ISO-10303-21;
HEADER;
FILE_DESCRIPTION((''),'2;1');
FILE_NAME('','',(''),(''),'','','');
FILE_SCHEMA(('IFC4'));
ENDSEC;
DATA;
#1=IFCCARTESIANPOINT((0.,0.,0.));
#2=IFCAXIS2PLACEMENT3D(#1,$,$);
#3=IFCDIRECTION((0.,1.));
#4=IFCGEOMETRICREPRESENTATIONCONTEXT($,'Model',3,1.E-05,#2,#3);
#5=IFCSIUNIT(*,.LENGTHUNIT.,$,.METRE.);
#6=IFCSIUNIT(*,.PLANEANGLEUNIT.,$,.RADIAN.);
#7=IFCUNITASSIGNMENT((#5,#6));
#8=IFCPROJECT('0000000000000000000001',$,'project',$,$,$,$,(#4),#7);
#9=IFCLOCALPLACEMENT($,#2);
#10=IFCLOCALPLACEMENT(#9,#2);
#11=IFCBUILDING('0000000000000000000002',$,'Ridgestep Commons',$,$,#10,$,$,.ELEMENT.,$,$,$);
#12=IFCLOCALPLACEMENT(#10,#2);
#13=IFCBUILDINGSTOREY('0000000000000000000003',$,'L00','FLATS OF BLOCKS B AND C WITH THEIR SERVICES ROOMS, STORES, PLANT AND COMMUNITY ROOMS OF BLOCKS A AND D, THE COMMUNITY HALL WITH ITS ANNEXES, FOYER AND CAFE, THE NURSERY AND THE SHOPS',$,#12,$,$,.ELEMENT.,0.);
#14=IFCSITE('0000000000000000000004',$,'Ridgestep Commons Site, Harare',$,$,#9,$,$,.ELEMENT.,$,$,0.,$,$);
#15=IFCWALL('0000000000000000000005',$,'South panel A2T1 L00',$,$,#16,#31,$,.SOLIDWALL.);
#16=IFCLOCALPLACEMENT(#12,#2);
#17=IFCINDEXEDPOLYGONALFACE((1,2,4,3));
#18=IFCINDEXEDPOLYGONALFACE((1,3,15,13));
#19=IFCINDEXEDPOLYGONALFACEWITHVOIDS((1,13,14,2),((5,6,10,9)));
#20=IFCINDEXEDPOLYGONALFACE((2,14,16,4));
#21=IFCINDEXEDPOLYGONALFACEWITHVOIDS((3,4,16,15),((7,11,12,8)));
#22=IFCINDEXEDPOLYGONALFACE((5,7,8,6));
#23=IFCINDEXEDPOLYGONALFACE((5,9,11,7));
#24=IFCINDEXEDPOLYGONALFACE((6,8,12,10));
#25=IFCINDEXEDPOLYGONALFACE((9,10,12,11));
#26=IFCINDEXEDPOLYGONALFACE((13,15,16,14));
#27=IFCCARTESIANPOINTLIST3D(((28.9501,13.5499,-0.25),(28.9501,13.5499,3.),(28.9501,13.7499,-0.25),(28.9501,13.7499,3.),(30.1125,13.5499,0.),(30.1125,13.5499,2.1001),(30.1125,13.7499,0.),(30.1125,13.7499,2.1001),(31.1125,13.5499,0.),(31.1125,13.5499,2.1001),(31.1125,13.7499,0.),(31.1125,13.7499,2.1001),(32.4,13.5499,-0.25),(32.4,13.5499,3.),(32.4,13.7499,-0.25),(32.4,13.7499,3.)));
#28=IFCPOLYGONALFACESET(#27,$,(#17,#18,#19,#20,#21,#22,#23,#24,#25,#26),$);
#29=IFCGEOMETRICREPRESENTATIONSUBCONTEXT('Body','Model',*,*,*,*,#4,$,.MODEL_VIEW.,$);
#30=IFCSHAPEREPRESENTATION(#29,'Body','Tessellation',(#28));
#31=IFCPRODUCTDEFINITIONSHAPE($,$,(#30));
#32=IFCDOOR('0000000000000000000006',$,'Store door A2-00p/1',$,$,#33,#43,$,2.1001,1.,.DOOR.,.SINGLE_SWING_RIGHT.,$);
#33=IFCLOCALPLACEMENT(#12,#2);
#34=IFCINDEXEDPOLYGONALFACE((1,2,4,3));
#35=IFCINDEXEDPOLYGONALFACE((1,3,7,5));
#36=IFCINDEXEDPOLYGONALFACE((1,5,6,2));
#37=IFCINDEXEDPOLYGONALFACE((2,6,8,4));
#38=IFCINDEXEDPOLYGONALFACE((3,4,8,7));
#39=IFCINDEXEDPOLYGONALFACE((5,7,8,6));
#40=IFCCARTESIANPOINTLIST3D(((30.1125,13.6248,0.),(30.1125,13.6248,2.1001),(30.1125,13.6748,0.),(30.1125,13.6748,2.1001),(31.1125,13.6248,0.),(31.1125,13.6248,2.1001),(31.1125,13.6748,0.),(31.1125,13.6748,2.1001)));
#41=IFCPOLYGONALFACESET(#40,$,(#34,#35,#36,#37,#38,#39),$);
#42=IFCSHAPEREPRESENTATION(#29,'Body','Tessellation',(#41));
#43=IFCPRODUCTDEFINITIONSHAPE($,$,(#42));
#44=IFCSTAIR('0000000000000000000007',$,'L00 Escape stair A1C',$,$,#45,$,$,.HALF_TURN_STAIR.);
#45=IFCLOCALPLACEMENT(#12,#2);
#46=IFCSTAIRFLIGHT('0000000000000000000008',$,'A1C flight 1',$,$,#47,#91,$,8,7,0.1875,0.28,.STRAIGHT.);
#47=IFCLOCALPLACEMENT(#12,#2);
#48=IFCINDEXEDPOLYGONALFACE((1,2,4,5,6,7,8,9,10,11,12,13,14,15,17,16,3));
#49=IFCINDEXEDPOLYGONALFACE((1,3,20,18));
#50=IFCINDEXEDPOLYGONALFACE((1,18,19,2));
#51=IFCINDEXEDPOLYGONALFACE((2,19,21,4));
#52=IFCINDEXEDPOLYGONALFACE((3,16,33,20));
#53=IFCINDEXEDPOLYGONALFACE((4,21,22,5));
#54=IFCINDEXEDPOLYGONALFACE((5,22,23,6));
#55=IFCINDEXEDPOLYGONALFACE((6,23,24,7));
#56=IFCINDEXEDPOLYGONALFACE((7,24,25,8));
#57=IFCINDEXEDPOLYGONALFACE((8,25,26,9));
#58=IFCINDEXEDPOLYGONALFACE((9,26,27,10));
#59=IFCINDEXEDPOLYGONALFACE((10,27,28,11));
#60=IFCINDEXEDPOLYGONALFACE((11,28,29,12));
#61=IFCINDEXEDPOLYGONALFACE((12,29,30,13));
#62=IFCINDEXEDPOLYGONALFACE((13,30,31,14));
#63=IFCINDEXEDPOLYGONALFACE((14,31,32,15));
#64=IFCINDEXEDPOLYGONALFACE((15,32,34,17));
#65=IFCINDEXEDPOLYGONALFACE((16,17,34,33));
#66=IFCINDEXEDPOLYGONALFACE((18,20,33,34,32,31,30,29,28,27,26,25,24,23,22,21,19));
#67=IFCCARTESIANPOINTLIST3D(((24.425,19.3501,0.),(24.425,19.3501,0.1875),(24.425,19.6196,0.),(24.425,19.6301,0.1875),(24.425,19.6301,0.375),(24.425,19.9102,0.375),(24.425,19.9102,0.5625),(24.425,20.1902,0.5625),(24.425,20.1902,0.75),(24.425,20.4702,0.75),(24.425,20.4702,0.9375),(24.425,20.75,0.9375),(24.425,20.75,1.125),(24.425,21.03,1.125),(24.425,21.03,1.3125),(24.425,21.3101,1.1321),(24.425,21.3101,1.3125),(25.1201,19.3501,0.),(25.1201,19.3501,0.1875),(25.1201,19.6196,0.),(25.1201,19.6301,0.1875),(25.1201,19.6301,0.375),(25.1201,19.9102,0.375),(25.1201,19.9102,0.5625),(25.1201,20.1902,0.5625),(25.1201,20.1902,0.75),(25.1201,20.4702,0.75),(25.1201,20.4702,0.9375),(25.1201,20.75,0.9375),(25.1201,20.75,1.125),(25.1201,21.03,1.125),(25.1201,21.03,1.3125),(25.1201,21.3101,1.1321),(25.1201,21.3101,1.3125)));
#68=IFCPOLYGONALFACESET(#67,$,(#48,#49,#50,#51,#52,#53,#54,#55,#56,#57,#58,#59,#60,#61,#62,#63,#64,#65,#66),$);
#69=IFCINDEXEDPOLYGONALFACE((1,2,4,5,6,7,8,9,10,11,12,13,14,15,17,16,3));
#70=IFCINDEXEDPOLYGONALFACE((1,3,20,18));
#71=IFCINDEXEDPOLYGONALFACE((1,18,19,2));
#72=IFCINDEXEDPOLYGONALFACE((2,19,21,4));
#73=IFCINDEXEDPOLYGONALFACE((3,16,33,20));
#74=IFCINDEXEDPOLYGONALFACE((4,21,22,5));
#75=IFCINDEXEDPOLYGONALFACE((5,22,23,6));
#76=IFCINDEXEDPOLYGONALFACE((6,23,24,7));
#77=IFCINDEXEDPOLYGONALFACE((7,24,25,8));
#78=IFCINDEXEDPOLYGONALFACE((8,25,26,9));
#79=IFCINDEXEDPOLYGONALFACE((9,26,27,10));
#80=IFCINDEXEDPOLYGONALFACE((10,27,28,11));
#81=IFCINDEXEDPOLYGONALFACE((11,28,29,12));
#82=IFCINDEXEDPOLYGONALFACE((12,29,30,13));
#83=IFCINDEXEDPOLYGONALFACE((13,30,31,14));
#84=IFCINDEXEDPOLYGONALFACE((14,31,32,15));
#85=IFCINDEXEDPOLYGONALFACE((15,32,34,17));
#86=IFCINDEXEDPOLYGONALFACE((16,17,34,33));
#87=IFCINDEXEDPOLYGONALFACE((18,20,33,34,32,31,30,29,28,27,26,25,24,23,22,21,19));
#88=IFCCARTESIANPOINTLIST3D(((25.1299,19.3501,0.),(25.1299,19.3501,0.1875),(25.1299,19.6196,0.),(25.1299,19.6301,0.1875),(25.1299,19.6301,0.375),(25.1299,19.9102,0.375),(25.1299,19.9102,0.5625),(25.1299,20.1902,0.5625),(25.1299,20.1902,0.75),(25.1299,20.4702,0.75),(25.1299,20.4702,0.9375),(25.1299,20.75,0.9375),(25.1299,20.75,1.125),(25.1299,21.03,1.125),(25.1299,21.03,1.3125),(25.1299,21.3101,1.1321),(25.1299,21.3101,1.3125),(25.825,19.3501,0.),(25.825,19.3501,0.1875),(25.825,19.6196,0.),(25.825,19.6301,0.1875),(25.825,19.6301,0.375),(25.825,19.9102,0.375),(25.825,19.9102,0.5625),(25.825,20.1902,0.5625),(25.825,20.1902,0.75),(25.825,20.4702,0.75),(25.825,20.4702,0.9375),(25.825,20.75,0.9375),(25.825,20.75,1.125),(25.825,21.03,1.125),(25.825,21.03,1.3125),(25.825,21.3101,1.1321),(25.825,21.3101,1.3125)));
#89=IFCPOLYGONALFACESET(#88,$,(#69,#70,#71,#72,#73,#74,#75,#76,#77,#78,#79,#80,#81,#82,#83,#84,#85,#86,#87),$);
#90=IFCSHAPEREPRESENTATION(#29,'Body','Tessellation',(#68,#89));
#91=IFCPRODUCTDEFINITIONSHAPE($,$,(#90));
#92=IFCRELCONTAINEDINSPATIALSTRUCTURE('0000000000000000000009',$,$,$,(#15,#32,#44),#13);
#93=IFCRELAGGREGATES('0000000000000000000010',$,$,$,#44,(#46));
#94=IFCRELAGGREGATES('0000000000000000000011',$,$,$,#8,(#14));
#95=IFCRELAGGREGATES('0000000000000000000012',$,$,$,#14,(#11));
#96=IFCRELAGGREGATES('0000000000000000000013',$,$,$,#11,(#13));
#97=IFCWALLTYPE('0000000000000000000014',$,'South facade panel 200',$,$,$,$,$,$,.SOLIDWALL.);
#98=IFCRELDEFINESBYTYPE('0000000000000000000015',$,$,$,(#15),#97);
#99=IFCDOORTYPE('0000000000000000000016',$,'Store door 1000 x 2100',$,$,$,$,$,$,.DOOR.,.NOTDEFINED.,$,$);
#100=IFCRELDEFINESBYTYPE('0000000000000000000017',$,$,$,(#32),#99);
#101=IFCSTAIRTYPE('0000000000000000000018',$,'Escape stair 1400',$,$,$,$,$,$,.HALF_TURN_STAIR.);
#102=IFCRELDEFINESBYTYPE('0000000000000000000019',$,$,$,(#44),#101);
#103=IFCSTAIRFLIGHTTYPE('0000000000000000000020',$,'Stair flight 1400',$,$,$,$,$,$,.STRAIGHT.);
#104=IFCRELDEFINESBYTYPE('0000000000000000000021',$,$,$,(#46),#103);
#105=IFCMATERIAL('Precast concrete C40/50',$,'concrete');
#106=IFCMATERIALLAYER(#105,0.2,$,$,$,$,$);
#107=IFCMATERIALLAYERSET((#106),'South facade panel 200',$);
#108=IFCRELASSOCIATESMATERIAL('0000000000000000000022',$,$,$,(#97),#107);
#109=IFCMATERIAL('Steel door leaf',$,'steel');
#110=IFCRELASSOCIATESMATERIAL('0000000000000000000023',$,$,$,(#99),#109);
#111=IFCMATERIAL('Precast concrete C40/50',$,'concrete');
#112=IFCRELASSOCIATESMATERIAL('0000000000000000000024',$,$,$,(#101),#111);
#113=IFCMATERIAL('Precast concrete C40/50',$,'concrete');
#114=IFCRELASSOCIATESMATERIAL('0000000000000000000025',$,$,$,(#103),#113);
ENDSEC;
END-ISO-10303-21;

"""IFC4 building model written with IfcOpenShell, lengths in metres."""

from ifc_helpers import new_model, si_unit, direction, frame, frame_2d, origin, place, context, subcontext, project, spatial, polyline, rectangle, outline, extrude, material, layer, layer_set, type_object, element, fill, aggregate, save


model = new_model("IFC4")

# Units and contexts
model_context = context("Model", 3, precision=1e-05, world=origin(), true_north=direction((0.0, 1.0)))
body_context = subcontext(model_context, "Body", "Model", "MODEL_VIEW")
ifc_project = project(units=[si_unit("LENGTHUNIT", "METRE"), si_unit("PLANEANGLEUNIT", "RADIAN")], contexts=[model_context])

# Site, building, storey
site_placement = place(None, origin())
site = spatial("IfcSite", under=ifc_project, at=site_placement, Name="Ridgestep Commons Site, Harare", CompositionType="ELEMENT", RefElevation=0.0)
building_placement = place(site_placement, origin())
building = spatial("IfcBuilding", under=site, at=building_placement, Name="Ridgestep Commons", CompositionType="ELEMENT")
storey_placement = place(building_placement, origin())
storey = spatial("IfcBuildingStorey", under=building, at=storey_placement, Name="L00", Description="FLATS OF BLOCKS B AND C WITH THEIR SERVICES ROOMS, STORES, PLANT AND COMMUNITY ROOMS OF BLOCKS A AND D, THE COMMUNITY HALL WITH ITS ANNEXES, FOYER AND CAFE, THE NURSERY AND THE SHOPS", CompositionType="ELEMENT", Elevation=0.0)

# Wall, opening, door
ifc_material_1 = material(Name="Precast concrete C40/50", Category="concrete")
ifc_layer_1 = layer(ifc_material_1, 0.2)
ifc_layer_set_1 = layer_set([ifc_layer_1], Name="South facade panel 200")
wall_type_1 = type_object("IfcWallType", Name="South facade panel 200", PredefinedType="SOLIDWALL", material=ifc_layer_set_1)
wall_1_placement = place(storey_placement, frame((28.95, 13.6499, -0.25), z_axis=(0.0, 0.0, 1.0), x_axis=(1.0, 0.0, 0.0)))
wall_1 = element("IfcWall", 1, at=wall_1_placement, inside=storey, type_object=wall_type_1, Name="South panel A2T1 L00", PredefinedType="SOLIDWALL", context=body_context, shape_type="SweptSolid", body=[
    extrude(rectangle(XDim=3.45, YDim=0.2, at=frame_2d((1.7251, 0.0))), origin(), (0.0, 0.0, 1.0), 3.25),
])
opening_1_placement = place(wall_1_placement, frame((1.1626, 0.0, 0.25)))
opening_1 = element("IfcOpeningElement", 2, at=opening_1_placement, cuts=wall_1, PredefinedType="OPENING", context=body_context, shape_type="SweptSolid", body=[
    extrude(rectangle(XDim=1.0, YDim=2.1001, at=frame_2d((0.5, 1.05))), frame((0.0, 0.1099, 0.0), z_axis=(0.0, -1.0, 0.0), x_axis=(1.0, 0.0, 0.0)), (0.0, 0.0, 1.0), 0.22),
])
ifc_material_2 = material(Name="Steel door leaf", Category="steel")
door_type_1 = type_object("IfcDoorType", Name="Store door 1000 x 2100", OperationType="NOTDEFINED", PredefinedType="DOOR", material=ifc_material_2)
door_1_placement = place(opening_1_placement, origin())
door_1 = element("IfcDoor", 3, at=door_1_placement, inside=storey, type_object=door_type_1, Name="Store door A2-00p/1", OperationType="SINGLE_SWING_RIGHT", OverallHeight=2.1001, OverallWidth=1.0, PredefinedType="DOOR", context=body_context, shape_type="SweptSolid", body=[
    extrude(rectangle(XDim=1.0, YDim=2.1001, at=frame_2d((0.5, 1.05))), frame((0.0, 0.0249, 0.0), z_axis=(0.0, -1.0, 0.0), x_axis=(1.0, 0.0, 0.0)), (0.0, 0.0, 1.0), 0.05),
])
fill(opening_1, door_1)

# Stair, stair flight
ifc_material_3 = material(Name="Precast concrete C40/50", Category="concrete")
stair_type = type_object("IfcStairType", Name="Escape stair 1400", PredefinedType="HALF_TURN_STAIR", material=ifc_material_3)
stair_placement = place(storey_placement, origin())
stair = element("IfcStair", 4, at=stair_placement, inside=storey, type_object=stair_type, Name="L00 Escape stair A1C", PredefinedType="HALF_TURN_STAIR")
ifc_material_4 = material(Name="Precast concrete C40/50", Category="concrete")
stair_flight_type = type_object("IfcStairFlightType", Name="Stair flight 1400", PredefinedType="STRAIGHT", material=ifc_material_4)
stair_flight_placement = place(storey_placement, frame((25.125, 19.3501, 0.0), z_axis=(0.0, 0.0, 1.0), x_axis=(0.0, 1.0, 0.0)))
stair_flight = element("IfcStairFlight", 5, at=stair_flight_placement, type_object=stair_flight_type, Name="A1C flight 1", NumberOfRisers=8, NumberOfTreads=7, PredefinedType="STRAIGHT", RiserHeight=0.1875, TreadLength=0.28, context=body_context, shape_type="SweptSolid", body=[
    extrude(outline(polyline([(0.0, 0.0), (0.0, 0.1875), (0.28, 0.1875), (0.28, 0.375), (0.5601, 0.375), (0.5601, 0.5625), (0.8401, 0.5625), (0.8401, 0.75), (1.1201, 0.75), (1.1201, 0.9375), (1.3999, 0.9375), (1.3999, 1.125), (1.6799, 1.125), (1.6799, 1.3125), (1.96, 1.3125), (1.96, 1.5), (1.96, 1.1321), (0.2695, 0.0), (0.0, 0.0)])), frame((0.0, 0.7, 0.0), z_axis=(0.0, -1.0, 0.0), x_axis=(1.0, 0.0, 0.0)), (0.0, 0.0, 1.0), 0.6951),
    extrude(outline(polyline([(0.0, 0.0), (0.0, 0.1875), (0.28, 0.1875), (0.28, 0.375), (0.5601, 0.375), (0.5601, 0.5625), (0.8401, 0.5625), (0.8401, 0.75), (1.1201, 0.75), (1.1201, 0.9375), (1.3999, 0.9375), (1.3999, 1.125), (1.6799, 1.125), (1.6799, 1.3125), (1.96, 1.3125), (1.96, 1.5), (1.96, 1.1321), (0.2695, 0.0), (0.0, 0.0)])), frame((0.0, -0.0049, 0.0), z_axis=(0.0, -1.0, 0.0), x_axis=(1.0, 0.0, 0.0)), (0.0, 0.0, 1.0), 0.6951),
])
aggregate(stair, [stair_flight])

save(model, "model.ifc")
